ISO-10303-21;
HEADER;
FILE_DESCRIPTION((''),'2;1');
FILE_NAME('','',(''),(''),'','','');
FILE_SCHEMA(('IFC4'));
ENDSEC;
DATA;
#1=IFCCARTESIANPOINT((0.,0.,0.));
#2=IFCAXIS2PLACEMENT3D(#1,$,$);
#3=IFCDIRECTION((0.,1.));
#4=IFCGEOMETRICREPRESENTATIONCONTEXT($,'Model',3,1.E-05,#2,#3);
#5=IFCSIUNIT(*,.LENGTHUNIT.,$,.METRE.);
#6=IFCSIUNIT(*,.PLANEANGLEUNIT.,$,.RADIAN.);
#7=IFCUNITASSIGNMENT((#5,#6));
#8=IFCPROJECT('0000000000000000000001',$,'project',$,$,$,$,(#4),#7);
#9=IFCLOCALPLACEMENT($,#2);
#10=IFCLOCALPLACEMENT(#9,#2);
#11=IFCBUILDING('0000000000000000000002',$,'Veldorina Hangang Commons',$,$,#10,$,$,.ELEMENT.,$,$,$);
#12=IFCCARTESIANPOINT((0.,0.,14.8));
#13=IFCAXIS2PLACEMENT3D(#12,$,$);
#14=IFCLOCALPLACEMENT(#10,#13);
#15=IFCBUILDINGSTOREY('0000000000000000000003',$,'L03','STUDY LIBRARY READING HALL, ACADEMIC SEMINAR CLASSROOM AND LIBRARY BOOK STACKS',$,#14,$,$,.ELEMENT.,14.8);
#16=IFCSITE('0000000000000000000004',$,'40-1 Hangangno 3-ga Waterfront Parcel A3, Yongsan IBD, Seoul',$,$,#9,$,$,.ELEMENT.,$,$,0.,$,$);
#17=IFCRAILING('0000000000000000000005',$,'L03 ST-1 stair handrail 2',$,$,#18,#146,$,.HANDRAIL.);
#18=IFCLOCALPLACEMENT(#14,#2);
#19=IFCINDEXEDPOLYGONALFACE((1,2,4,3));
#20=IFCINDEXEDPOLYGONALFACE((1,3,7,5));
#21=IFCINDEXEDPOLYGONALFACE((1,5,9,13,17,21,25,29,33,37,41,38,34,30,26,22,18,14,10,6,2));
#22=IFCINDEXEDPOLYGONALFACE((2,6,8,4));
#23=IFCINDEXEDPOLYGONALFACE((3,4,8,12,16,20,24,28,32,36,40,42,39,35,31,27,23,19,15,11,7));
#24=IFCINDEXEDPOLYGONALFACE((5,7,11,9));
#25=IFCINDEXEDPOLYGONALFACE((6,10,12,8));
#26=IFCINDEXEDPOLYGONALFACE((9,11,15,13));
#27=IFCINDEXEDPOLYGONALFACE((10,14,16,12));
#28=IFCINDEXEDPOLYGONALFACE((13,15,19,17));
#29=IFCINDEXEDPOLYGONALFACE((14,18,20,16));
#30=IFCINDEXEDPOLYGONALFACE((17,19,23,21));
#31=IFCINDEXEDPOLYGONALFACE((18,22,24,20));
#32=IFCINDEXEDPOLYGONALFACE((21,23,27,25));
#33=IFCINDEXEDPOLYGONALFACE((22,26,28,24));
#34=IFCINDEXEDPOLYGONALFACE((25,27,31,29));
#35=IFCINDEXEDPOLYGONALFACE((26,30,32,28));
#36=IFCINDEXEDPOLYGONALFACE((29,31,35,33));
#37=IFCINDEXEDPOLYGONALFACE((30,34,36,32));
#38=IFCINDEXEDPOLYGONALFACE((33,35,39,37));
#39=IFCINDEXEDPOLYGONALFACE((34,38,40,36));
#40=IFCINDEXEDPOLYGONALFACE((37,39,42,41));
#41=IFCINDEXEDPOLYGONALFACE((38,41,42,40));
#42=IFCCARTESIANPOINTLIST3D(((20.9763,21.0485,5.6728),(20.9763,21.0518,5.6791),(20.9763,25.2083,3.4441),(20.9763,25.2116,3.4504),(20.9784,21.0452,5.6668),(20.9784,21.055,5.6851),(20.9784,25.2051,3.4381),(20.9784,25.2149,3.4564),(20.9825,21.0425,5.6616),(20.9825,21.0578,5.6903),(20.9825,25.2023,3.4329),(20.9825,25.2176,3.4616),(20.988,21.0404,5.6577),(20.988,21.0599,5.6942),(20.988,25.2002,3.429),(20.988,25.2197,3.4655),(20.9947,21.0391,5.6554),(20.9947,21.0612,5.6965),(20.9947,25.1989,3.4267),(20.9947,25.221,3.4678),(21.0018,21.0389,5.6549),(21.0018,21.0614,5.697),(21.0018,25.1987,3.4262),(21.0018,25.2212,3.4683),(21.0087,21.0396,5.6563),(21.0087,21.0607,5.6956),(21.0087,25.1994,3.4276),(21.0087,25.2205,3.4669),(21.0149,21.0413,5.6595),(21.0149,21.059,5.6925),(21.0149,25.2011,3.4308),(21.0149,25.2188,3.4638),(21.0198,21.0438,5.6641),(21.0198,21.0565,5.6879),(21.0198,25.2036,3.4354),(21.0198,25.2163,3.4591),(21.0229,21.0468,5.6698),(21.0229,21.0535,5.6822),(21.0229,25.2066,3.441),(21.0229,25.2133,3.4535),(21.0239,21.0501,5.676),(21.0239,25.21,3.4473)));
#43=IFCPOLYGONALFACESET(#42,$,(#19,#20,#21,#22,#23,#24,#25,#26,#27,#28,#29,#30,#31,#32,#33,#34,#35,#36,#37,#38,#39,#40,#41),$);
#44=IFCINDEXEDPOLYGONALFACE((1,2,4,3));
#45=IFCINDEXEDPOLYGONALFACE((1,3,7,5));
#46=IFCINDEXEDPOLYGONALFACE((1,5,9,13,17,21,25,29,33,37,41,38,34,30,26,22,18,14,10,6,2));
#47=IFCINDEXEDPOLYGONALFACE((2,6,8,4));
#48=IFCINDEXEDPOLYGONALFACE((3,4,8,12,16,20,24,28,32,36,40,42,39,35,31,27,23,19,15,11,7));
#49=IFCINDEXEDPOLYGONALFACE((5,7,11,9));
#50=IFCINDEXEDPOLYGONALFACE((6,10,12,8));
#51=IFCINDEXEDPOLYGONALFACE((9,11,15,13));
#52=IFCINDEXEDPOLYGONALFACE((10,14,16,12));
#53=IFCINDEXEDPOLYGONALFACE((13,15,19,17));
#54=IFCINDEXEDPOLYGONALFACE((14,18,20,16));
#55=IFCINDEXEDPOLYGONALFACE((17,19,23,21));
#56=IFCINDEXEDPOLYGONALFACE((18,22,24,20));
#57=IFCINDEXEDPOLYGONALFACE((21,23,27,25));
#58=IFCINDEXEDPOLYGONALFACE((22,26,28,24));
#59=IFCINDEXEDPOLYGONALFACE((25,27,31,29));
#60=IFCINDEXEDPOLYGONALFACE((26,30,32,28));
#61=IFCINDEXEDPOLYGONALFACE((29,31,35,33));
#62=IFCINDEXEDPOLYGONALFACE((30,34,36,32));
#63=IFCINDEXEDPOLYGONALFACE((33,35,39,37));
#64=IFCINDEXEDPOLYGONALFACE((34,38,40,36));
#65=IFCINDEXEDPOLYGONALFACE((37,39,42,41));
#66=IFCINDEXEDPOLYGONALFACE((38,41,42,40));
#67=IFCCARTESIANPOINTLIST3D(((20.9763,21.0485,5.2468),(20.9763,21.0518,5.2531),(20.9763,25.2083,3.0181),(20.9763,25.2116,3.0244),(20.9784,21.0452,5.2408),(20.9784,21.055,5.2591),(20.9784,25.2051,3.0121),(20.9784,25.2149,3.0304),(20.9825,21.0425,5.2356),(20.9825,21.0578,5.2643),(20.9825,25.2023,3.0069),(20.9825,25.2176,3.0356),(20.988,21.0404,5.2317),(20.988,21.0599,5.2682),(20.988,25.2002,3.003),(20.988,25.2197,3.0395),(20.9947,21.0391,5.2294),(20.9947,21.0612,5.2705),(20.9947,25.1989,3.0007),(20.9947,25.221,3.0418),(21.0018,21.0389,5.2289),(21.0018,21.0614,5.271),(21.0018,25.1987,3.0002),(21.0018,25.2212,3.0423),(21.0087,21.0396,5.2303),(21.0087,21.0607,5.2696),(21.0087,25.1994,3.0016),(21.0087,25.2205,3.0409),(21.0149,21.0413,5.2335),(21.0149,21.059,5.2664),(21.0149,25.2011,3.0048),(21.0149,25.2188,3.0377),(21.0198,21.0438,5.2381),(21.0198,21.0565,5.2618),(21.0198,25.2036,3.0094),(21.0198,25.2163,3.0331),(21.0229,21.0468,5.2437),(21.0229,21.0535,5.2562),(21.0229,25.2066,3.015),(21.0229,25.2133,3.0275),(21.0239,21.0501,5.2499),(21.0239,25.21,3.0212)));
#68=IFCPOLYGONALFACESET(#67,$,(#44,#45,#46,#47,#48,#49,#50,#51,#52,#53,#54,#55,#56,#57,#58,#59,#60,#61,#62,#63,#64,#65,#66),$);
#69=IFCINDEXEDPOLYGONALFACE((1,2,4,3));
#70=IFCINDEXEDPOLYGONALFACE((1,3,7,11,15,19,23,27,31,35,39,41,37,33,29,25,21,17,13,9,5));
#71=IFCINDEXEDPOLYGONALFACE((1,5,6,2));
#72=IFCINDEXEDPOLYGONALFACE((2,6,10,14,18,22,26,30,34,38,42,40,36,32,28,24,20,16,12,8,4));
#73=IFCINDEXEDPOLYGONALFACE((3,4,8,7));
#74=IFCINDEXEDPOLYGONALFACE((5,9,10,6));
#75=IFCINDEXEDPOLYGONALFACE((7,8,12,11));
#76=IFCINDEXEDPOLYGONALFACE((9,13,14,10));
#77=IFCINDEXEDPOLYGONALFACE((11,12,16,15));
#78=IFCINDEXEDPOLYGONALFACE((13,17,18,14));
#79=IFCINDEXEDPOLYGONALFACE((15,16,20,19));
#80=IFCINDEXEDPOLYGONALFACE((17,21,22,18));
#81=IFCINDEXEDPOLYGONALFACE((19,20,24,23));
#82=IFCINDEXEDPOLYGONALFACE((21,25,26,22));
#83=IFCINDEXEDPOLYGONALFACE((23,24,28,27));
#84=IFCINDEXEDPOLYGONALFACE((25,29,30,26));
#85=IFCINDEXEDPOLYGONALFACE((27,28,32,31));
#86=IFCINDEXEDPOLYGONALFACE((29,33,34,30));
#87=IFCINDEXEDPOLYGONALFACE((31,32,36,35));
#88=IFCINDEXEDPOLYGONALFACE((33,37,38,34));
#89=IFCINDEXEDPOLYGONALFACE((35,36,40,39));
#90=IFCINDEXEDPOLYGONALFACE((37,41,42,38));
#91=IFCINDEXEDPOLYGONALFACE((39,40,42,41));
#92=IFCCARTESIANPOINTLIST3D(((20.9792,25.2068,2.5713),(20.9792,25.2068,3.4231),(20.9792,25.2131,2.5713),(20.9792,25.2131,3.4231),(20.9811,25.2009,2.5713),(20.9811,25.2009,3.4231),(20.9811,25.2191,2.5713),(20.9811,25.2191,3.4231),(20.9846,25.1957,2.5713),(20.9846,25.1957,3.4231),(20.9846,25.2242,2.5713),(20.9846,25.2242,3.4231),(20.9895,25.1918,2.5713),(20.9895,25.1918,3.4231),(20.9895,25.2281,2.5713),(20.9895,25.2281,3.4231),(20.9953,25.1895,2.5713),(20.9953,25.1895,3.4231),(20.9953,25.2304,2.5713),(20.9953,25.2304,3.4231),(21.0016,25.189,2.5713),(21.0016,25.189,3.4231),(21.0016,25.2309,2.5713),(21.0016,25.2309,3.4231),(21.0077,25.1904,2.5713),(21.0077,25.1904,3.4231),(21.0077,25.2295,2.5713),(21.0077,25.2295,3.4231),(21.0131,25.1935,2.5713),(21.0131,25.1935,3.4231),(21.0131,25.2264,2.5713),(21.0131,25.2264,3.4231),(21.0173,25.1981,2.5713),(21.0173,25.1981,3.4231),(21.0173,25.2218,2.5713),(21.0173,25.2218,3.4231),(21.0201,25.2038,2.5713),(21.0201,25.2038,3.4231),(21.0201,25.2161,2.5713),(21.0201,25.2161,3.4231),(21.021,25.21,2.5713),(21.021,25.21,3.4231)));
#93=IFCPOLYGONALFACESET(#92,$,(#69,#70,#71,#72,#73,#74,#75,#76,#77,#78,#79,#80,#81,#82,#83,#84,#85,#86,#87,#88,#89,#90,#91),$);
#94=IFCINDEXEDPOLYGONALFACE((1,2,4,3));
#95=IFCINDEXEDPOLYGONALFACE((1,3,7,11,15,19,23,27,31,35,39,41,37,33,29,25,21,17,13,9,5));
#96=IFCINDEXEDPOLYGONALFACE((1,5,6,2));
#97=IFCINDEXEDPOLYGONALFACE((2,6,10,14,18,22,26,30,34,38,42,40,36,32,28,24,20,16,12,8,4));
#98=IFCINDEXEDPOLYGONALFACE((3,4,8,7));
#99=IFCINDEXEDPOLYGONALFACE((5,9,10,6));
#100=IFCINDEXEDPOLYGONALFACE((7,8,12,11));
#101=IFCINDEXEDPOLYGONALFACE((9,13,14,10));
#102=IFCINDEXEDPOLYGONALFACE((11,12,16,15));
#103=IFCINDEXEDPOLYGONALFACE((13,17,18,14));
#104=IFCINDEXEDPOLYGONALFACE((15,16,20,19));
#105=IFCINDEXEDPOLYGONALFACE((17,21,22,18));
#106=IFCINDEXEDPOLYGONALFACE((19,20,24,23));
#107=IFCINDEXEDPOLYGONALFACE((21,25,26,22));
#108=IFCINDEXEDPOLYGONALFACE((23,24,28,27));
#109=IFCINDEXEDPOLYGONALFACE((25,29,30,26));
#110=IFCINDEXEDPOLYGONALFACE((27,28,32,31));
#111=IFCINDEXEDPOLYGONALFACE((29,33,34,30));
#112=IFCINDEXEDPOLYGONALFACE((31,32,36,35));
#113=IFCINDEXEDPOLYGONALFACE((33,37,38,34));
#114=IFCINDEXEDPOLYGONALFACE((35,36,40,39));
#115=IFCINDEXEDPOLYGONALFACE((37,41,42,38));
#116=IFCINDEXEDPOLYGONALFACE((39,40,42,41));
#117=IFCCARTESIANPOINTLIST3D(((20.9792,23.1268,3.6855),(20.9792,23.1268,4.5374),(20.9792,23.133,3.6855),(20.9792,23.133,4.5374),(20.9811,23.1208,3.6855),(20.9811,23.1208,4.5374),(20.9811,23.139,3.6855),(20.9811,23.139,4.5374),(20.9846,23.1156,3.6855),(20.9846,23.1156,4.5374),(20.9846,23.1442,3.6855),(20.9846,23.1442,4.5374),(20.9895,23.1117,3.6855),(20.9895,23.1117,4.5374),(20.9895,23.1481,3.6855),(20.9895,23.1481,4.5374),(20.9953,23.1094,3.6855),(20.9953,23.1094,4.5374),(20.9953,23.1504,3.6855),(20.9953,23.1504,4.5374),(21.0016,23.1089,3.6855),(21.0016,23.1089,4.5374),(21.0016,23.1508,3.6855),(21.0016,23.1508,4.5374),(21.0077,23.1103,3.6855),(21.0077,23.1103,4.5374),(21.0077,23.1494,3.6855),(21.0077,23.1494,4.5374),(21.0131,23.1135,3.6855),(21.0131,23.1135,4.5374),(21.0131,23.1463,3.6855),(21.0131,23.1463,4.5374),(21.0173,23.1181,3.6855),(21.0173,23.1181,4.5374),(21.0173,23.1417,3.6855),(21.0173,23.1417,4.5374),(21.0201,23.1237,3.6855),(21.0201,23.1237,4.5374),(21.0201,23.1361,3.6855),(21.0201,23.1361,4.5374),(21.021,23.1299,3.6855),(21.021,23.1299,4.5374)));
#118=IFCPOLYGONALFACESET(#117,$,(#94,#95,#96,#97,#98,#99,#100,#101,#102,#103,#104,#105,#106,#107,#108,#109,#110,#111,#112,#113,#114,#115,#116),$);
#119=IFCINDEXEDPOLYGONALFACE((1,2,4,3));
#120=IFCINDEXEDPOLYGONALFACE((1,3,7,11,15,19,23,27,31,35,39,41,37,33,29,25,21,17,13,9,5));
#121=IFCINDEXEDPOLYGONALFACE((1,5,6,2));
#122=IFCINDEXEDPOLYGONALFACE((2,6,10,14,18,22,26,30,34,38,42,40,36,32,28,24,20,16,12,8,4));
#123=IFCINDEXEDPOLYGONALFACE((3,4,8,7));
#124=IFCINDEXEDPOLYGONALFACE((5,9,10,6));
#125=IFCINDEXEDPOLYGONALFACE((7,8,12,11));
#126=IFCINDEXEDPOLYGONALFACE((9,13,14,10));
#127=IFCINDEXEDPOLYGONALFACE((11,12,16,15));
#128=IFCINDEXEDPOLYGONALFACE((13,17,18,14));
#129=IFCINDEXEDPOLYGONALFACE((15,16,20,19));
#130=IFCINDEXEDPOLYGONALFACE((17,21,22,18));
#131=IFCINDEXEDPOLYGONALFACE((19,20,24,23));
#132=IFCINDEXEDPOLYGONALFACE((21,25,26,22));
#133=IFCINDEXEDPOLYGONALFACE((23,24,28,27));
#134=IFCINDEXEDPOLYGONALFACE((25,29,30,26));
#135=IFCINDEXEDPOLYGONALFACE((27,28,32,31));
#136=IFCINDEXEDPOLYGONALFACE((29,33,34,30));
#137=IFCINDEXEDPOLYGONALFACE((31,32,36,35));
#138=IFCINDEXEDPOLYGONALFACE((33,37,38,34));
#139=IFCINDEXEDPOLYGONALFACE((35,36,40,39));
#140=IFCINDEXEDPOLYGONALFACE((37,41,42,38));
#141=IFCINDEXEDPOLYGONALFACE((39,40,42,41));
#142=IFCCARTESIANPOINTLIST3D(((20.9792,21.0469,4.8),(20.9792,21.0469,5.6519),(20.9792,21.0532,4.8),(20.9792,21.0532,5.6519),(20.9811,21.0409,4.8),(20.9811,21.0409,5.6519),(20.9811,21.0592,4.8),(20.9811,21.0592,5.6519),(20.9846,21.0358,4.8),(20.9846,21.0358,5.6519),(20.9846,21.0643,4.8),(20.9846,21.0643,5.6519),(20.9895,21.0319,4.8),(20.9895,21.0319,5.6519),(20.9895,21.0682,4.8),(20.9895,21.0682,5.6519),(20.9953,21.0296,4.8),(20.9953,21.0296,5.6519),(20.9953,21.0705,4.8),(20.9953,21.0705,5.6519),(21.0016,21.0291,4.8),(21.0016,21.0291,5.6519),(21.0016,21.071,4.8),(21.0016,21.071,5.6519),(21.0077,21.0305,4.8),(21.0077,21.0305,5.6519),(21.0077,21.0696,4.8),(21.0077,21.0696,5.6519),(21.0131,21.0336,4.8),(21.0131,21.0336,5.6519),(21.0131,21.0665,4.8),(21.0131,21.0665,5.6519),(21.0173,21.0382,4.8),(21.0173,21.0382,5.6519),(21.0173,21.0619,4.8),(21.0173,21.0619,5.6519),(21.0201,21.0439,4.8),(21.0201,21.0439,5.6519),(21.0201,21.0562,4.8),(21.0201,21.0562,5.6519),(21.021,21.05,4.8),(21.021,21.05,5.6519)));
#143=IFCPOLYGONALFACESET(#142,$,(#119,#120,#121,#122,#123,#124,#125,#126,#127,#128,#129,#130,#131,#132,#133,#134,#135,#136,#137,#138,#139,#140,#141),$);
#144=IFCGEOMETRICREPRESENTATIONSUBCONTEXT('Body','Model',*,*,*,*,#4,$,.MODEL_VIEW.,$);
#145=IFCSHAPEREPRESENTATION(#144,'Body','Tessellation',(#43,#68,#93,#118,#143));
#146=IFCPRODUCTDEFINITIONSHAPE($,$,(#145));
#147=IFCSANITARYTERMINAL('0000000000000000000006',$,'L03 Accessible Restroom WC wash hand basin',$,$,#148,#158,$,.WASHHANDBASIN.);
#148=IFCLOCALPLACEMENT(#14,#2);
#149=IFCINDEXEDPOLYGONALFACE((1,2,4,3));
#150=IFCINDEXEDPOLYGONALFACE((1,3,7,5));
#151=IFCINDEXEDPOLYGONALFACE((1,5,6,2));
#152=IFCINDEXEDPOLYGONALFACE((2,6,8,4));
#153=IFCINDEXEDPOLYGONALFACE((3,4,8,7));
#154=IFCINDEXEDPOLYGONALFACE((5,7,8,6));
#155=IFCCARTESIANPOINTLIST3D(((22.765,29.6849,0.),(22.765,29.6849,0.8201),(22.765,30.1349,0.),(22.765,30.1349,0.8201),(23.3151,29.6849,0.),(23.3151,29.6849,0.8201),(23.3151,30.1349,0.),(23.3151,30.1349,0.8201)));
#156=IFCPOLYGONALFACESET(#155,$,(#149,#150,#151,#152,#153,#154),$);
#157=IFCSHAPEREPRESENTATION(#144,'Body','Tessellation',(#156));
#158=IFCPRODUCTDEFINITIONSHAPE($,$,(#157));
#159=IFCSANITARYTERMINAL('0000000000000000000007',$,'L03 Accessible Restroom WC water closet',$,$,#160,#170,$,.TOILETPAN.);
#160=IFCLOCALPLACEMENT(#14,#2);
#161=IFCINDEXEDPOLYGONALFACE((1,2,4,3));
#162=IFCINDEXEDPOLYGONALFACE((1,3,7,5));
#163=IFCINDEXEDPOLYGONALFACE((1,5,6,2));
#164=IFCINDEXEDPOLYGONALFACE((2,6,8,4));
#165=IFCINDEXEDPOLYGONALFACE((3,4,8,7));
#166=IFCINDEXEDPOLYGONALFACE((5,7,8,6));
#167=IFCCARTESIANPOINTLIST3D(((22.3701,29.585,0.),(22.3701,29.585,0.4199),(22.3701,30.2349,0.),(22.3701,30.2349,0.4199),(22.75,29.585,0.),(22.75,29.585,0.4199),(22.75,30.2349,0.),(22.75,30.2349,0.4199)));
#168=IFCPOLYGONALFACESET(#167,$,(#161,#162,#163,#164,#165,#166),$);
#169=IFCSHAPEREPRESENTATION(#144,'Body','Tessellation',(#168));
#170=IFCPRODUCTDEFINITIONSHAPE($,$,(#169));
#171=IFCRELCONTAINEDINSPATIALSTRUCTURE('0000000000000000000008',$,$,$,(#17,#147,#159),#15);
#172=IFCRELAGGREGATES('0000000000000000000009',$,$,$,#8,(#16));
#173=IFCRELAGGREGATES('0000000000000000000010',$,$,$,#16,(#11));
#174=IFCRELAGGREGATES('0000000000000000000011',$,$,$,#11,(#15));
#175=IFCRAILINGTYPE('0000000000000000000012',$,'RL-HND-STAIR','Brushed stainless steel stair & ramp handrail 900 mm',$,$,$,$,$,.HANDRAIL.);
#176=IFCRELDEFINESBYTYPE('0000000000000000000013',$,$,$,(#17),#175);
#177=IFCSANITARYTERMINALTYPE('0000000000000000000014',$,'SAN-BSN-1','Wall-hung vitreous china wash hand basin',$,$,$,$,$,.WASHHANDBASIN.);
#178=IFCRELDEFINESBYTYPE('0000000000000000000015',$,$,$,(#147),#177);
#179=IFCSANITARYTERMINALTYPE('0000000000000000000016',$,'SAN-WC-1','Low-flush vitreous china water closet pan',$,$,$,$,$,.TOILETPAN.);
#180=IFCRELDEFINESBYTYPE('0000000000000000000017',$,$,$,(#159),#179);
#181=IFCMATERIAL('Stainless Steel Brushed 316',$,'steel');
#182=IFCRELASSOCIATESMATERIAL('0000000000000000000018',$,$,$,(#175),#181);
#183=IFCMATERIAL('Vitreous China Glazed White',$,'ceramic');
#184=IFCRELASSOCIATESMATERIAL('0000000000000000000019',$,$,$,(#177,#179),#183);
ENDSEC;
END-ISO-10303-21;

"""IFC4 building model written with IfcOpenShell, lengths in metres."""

from ifc_helpers import new_model, si_unit, direction, frame, origin, origin_2d, place, context, subcontext, project, spatial, rectangle, circle, extrude, material, type_object, element, save


model = new_model("IFC4")

# Units and contexts
model_context = context("Model", 3, precision=1e-05, world=origin(), true_north=direction((0.0, 1.0)))
body_context = subcontext(model_context, "Body", "Model", "MODEL_VIEW")
ifc_project = project(units=[si_unit("LENGTHUNIT", "METRE"), si_unit("PLANEANGLEUNIT", "RADIAN")], contexts=[model_context])

# Site, building, storey
site_placement = place(None, origin())
site = spatial("IfcSite", under=ifc_project, at=site_placement, Name="40-1 Hangangno 3-ga Waterfront Parcel A3, Yongsan IBD, Seoul", CompositionType="ELEMENT", RefElevation=0.0)
building_placement = place(site_placement, origin())
building = spatial("IfcBuilding", under=site, at=building_placement, Name="Veldorina Hangang Commons", CompositionType="ELEMENT")
storey_placement = place(building_placement, frame((0.0, 0.0, 14.8)))
storey = spatial("IfcBuildingStorey", under=building, at=storey_placement, Name="L03", Description="STUDY LIBRARY READING HALL, ACADEMIC SEMINAR CLASSROOM AND LIBRARY BOOK STACKS", CompositionType="ELEMENT", Elevation=14.8)

# Railing
ifc_material_1 = material(Name="Stainless Steel Brushed 316", Category="steel")
railing_type_1 = type_object("IfcRailingType", Name="RL-HND-STAIR", Description="Brushed stainless steel stair & ramp handrail 900 mm", PredefinedType="HANDRAIL", material=ifc_material_1)
railing_1_placement = place(storey_placement, frame((21.0, 25.21, 2.5713)))
element("IfcRailing", 1, at=railing_1_placement, inside=storey, type_object=railing_type_1, Name="L03 ST-1 stair handrail 2", PredefinedType="HANDRAIL", context=body_context, shape_type="SweptSolid", body=[
    extrude(circle(Radius=0.0239, at=origin_2d()), frame((0.0, 0.0, 0.876), z_axis=(0.0, -0.881459, 0.47226), x_axis=(1.0, 0.0, 0.0)), (0.0, 0.0, 1.0), 4.7192),
    extrude(circle(Radius=0.0239, at=origin_2d()), frame((0.0, 0.0, 0.45), z_axis=(0.0, -0.881459, 0.47226), x_axis=(1.0, 0.0, 0.0)), (0.0, 0.0, 1.0), 4.7192),
    extrude(circle(Radius=0.021, at=origin_2d()), origin(), (0.0, 0.0, 1.0), 0.8518),
    extrude(circle(Radius=0.021, at=origin_2d()), frame((0.0, -2.0801, 1.1143)), (0.0, 0.0, 1.0), 0.8518),
    extrude(circle(Radius=0.021, at=origin_2d()), frame((0.0, -4.1599, 2.2288)), (0.0, 0.0, 1.0), 0.8518),
])

# Sanitary terminals
ifc_material_2 = material(Name="Vitreous China Glazed White", Category="ceramic")
sanitary_terminal_type_1 = type_object("IfcSanitaryTerminalType", Name="SAN-BSN-1", Description="Wall-hung vitreous china wash hand basin", PredefinedType="WASHHANDBASIN", material=ifc_material_2)
sanitary_terminal_1_placement = place(storey_placement, frame((23.04, 29.9099, 0.0), z_axis=(0.0, 0.0, 1.0), x_axis=(1.0, 0.0, 0.0)))
element("IfcSanitaryTerminal", 2, at=sanitary_terminal_1_placement, inside=storey, type_object=sanitary_terminal_type_1, Name="L03 Accessible Restroom WC wash hand basin", PredefinedType="WASHHANDBASIN", context=body_context, shape_type="SweptSolid", body=[
    extrude(rectangle(XDim=0.55, YDim=0.45, at=origin_2d()), origin(), (0.0, 0.0, 1.0), 0.8201),
])
sanitary_terminal_type_2 = type_object("IfcSanitaryTerminalType", Name="SAN-WC-1", Description="Low-flush vitreous china water closet pan", PredefinedType="TOILETPAN", material=ifc_material_2)
sanitary_terminal_2_placement = place(storey_placement, frame((22.5601, 29.9099, 0.0), z_axis=(0.0, 0.0, 1.0), x_axis=(1.0, 0.0, 0.0)))
element("IfcSanitaryTerminal", 3, at=sanitary_terminal_2_placement, inside=storey, type_object=sanitary_terminal_type_2, Name="L03 Accessible Restroom WC water closet", PredefinedType="TOILETPAN", context=body_context, shape_type="SweptSolid", body=[
    extrude(rectangle(XDim=0.3799, YDim=0.6499, at=origin_2d()), origin(), (0.0, 0.0, 1.0), 0.4199),
])

save(model, "model.ifc")
